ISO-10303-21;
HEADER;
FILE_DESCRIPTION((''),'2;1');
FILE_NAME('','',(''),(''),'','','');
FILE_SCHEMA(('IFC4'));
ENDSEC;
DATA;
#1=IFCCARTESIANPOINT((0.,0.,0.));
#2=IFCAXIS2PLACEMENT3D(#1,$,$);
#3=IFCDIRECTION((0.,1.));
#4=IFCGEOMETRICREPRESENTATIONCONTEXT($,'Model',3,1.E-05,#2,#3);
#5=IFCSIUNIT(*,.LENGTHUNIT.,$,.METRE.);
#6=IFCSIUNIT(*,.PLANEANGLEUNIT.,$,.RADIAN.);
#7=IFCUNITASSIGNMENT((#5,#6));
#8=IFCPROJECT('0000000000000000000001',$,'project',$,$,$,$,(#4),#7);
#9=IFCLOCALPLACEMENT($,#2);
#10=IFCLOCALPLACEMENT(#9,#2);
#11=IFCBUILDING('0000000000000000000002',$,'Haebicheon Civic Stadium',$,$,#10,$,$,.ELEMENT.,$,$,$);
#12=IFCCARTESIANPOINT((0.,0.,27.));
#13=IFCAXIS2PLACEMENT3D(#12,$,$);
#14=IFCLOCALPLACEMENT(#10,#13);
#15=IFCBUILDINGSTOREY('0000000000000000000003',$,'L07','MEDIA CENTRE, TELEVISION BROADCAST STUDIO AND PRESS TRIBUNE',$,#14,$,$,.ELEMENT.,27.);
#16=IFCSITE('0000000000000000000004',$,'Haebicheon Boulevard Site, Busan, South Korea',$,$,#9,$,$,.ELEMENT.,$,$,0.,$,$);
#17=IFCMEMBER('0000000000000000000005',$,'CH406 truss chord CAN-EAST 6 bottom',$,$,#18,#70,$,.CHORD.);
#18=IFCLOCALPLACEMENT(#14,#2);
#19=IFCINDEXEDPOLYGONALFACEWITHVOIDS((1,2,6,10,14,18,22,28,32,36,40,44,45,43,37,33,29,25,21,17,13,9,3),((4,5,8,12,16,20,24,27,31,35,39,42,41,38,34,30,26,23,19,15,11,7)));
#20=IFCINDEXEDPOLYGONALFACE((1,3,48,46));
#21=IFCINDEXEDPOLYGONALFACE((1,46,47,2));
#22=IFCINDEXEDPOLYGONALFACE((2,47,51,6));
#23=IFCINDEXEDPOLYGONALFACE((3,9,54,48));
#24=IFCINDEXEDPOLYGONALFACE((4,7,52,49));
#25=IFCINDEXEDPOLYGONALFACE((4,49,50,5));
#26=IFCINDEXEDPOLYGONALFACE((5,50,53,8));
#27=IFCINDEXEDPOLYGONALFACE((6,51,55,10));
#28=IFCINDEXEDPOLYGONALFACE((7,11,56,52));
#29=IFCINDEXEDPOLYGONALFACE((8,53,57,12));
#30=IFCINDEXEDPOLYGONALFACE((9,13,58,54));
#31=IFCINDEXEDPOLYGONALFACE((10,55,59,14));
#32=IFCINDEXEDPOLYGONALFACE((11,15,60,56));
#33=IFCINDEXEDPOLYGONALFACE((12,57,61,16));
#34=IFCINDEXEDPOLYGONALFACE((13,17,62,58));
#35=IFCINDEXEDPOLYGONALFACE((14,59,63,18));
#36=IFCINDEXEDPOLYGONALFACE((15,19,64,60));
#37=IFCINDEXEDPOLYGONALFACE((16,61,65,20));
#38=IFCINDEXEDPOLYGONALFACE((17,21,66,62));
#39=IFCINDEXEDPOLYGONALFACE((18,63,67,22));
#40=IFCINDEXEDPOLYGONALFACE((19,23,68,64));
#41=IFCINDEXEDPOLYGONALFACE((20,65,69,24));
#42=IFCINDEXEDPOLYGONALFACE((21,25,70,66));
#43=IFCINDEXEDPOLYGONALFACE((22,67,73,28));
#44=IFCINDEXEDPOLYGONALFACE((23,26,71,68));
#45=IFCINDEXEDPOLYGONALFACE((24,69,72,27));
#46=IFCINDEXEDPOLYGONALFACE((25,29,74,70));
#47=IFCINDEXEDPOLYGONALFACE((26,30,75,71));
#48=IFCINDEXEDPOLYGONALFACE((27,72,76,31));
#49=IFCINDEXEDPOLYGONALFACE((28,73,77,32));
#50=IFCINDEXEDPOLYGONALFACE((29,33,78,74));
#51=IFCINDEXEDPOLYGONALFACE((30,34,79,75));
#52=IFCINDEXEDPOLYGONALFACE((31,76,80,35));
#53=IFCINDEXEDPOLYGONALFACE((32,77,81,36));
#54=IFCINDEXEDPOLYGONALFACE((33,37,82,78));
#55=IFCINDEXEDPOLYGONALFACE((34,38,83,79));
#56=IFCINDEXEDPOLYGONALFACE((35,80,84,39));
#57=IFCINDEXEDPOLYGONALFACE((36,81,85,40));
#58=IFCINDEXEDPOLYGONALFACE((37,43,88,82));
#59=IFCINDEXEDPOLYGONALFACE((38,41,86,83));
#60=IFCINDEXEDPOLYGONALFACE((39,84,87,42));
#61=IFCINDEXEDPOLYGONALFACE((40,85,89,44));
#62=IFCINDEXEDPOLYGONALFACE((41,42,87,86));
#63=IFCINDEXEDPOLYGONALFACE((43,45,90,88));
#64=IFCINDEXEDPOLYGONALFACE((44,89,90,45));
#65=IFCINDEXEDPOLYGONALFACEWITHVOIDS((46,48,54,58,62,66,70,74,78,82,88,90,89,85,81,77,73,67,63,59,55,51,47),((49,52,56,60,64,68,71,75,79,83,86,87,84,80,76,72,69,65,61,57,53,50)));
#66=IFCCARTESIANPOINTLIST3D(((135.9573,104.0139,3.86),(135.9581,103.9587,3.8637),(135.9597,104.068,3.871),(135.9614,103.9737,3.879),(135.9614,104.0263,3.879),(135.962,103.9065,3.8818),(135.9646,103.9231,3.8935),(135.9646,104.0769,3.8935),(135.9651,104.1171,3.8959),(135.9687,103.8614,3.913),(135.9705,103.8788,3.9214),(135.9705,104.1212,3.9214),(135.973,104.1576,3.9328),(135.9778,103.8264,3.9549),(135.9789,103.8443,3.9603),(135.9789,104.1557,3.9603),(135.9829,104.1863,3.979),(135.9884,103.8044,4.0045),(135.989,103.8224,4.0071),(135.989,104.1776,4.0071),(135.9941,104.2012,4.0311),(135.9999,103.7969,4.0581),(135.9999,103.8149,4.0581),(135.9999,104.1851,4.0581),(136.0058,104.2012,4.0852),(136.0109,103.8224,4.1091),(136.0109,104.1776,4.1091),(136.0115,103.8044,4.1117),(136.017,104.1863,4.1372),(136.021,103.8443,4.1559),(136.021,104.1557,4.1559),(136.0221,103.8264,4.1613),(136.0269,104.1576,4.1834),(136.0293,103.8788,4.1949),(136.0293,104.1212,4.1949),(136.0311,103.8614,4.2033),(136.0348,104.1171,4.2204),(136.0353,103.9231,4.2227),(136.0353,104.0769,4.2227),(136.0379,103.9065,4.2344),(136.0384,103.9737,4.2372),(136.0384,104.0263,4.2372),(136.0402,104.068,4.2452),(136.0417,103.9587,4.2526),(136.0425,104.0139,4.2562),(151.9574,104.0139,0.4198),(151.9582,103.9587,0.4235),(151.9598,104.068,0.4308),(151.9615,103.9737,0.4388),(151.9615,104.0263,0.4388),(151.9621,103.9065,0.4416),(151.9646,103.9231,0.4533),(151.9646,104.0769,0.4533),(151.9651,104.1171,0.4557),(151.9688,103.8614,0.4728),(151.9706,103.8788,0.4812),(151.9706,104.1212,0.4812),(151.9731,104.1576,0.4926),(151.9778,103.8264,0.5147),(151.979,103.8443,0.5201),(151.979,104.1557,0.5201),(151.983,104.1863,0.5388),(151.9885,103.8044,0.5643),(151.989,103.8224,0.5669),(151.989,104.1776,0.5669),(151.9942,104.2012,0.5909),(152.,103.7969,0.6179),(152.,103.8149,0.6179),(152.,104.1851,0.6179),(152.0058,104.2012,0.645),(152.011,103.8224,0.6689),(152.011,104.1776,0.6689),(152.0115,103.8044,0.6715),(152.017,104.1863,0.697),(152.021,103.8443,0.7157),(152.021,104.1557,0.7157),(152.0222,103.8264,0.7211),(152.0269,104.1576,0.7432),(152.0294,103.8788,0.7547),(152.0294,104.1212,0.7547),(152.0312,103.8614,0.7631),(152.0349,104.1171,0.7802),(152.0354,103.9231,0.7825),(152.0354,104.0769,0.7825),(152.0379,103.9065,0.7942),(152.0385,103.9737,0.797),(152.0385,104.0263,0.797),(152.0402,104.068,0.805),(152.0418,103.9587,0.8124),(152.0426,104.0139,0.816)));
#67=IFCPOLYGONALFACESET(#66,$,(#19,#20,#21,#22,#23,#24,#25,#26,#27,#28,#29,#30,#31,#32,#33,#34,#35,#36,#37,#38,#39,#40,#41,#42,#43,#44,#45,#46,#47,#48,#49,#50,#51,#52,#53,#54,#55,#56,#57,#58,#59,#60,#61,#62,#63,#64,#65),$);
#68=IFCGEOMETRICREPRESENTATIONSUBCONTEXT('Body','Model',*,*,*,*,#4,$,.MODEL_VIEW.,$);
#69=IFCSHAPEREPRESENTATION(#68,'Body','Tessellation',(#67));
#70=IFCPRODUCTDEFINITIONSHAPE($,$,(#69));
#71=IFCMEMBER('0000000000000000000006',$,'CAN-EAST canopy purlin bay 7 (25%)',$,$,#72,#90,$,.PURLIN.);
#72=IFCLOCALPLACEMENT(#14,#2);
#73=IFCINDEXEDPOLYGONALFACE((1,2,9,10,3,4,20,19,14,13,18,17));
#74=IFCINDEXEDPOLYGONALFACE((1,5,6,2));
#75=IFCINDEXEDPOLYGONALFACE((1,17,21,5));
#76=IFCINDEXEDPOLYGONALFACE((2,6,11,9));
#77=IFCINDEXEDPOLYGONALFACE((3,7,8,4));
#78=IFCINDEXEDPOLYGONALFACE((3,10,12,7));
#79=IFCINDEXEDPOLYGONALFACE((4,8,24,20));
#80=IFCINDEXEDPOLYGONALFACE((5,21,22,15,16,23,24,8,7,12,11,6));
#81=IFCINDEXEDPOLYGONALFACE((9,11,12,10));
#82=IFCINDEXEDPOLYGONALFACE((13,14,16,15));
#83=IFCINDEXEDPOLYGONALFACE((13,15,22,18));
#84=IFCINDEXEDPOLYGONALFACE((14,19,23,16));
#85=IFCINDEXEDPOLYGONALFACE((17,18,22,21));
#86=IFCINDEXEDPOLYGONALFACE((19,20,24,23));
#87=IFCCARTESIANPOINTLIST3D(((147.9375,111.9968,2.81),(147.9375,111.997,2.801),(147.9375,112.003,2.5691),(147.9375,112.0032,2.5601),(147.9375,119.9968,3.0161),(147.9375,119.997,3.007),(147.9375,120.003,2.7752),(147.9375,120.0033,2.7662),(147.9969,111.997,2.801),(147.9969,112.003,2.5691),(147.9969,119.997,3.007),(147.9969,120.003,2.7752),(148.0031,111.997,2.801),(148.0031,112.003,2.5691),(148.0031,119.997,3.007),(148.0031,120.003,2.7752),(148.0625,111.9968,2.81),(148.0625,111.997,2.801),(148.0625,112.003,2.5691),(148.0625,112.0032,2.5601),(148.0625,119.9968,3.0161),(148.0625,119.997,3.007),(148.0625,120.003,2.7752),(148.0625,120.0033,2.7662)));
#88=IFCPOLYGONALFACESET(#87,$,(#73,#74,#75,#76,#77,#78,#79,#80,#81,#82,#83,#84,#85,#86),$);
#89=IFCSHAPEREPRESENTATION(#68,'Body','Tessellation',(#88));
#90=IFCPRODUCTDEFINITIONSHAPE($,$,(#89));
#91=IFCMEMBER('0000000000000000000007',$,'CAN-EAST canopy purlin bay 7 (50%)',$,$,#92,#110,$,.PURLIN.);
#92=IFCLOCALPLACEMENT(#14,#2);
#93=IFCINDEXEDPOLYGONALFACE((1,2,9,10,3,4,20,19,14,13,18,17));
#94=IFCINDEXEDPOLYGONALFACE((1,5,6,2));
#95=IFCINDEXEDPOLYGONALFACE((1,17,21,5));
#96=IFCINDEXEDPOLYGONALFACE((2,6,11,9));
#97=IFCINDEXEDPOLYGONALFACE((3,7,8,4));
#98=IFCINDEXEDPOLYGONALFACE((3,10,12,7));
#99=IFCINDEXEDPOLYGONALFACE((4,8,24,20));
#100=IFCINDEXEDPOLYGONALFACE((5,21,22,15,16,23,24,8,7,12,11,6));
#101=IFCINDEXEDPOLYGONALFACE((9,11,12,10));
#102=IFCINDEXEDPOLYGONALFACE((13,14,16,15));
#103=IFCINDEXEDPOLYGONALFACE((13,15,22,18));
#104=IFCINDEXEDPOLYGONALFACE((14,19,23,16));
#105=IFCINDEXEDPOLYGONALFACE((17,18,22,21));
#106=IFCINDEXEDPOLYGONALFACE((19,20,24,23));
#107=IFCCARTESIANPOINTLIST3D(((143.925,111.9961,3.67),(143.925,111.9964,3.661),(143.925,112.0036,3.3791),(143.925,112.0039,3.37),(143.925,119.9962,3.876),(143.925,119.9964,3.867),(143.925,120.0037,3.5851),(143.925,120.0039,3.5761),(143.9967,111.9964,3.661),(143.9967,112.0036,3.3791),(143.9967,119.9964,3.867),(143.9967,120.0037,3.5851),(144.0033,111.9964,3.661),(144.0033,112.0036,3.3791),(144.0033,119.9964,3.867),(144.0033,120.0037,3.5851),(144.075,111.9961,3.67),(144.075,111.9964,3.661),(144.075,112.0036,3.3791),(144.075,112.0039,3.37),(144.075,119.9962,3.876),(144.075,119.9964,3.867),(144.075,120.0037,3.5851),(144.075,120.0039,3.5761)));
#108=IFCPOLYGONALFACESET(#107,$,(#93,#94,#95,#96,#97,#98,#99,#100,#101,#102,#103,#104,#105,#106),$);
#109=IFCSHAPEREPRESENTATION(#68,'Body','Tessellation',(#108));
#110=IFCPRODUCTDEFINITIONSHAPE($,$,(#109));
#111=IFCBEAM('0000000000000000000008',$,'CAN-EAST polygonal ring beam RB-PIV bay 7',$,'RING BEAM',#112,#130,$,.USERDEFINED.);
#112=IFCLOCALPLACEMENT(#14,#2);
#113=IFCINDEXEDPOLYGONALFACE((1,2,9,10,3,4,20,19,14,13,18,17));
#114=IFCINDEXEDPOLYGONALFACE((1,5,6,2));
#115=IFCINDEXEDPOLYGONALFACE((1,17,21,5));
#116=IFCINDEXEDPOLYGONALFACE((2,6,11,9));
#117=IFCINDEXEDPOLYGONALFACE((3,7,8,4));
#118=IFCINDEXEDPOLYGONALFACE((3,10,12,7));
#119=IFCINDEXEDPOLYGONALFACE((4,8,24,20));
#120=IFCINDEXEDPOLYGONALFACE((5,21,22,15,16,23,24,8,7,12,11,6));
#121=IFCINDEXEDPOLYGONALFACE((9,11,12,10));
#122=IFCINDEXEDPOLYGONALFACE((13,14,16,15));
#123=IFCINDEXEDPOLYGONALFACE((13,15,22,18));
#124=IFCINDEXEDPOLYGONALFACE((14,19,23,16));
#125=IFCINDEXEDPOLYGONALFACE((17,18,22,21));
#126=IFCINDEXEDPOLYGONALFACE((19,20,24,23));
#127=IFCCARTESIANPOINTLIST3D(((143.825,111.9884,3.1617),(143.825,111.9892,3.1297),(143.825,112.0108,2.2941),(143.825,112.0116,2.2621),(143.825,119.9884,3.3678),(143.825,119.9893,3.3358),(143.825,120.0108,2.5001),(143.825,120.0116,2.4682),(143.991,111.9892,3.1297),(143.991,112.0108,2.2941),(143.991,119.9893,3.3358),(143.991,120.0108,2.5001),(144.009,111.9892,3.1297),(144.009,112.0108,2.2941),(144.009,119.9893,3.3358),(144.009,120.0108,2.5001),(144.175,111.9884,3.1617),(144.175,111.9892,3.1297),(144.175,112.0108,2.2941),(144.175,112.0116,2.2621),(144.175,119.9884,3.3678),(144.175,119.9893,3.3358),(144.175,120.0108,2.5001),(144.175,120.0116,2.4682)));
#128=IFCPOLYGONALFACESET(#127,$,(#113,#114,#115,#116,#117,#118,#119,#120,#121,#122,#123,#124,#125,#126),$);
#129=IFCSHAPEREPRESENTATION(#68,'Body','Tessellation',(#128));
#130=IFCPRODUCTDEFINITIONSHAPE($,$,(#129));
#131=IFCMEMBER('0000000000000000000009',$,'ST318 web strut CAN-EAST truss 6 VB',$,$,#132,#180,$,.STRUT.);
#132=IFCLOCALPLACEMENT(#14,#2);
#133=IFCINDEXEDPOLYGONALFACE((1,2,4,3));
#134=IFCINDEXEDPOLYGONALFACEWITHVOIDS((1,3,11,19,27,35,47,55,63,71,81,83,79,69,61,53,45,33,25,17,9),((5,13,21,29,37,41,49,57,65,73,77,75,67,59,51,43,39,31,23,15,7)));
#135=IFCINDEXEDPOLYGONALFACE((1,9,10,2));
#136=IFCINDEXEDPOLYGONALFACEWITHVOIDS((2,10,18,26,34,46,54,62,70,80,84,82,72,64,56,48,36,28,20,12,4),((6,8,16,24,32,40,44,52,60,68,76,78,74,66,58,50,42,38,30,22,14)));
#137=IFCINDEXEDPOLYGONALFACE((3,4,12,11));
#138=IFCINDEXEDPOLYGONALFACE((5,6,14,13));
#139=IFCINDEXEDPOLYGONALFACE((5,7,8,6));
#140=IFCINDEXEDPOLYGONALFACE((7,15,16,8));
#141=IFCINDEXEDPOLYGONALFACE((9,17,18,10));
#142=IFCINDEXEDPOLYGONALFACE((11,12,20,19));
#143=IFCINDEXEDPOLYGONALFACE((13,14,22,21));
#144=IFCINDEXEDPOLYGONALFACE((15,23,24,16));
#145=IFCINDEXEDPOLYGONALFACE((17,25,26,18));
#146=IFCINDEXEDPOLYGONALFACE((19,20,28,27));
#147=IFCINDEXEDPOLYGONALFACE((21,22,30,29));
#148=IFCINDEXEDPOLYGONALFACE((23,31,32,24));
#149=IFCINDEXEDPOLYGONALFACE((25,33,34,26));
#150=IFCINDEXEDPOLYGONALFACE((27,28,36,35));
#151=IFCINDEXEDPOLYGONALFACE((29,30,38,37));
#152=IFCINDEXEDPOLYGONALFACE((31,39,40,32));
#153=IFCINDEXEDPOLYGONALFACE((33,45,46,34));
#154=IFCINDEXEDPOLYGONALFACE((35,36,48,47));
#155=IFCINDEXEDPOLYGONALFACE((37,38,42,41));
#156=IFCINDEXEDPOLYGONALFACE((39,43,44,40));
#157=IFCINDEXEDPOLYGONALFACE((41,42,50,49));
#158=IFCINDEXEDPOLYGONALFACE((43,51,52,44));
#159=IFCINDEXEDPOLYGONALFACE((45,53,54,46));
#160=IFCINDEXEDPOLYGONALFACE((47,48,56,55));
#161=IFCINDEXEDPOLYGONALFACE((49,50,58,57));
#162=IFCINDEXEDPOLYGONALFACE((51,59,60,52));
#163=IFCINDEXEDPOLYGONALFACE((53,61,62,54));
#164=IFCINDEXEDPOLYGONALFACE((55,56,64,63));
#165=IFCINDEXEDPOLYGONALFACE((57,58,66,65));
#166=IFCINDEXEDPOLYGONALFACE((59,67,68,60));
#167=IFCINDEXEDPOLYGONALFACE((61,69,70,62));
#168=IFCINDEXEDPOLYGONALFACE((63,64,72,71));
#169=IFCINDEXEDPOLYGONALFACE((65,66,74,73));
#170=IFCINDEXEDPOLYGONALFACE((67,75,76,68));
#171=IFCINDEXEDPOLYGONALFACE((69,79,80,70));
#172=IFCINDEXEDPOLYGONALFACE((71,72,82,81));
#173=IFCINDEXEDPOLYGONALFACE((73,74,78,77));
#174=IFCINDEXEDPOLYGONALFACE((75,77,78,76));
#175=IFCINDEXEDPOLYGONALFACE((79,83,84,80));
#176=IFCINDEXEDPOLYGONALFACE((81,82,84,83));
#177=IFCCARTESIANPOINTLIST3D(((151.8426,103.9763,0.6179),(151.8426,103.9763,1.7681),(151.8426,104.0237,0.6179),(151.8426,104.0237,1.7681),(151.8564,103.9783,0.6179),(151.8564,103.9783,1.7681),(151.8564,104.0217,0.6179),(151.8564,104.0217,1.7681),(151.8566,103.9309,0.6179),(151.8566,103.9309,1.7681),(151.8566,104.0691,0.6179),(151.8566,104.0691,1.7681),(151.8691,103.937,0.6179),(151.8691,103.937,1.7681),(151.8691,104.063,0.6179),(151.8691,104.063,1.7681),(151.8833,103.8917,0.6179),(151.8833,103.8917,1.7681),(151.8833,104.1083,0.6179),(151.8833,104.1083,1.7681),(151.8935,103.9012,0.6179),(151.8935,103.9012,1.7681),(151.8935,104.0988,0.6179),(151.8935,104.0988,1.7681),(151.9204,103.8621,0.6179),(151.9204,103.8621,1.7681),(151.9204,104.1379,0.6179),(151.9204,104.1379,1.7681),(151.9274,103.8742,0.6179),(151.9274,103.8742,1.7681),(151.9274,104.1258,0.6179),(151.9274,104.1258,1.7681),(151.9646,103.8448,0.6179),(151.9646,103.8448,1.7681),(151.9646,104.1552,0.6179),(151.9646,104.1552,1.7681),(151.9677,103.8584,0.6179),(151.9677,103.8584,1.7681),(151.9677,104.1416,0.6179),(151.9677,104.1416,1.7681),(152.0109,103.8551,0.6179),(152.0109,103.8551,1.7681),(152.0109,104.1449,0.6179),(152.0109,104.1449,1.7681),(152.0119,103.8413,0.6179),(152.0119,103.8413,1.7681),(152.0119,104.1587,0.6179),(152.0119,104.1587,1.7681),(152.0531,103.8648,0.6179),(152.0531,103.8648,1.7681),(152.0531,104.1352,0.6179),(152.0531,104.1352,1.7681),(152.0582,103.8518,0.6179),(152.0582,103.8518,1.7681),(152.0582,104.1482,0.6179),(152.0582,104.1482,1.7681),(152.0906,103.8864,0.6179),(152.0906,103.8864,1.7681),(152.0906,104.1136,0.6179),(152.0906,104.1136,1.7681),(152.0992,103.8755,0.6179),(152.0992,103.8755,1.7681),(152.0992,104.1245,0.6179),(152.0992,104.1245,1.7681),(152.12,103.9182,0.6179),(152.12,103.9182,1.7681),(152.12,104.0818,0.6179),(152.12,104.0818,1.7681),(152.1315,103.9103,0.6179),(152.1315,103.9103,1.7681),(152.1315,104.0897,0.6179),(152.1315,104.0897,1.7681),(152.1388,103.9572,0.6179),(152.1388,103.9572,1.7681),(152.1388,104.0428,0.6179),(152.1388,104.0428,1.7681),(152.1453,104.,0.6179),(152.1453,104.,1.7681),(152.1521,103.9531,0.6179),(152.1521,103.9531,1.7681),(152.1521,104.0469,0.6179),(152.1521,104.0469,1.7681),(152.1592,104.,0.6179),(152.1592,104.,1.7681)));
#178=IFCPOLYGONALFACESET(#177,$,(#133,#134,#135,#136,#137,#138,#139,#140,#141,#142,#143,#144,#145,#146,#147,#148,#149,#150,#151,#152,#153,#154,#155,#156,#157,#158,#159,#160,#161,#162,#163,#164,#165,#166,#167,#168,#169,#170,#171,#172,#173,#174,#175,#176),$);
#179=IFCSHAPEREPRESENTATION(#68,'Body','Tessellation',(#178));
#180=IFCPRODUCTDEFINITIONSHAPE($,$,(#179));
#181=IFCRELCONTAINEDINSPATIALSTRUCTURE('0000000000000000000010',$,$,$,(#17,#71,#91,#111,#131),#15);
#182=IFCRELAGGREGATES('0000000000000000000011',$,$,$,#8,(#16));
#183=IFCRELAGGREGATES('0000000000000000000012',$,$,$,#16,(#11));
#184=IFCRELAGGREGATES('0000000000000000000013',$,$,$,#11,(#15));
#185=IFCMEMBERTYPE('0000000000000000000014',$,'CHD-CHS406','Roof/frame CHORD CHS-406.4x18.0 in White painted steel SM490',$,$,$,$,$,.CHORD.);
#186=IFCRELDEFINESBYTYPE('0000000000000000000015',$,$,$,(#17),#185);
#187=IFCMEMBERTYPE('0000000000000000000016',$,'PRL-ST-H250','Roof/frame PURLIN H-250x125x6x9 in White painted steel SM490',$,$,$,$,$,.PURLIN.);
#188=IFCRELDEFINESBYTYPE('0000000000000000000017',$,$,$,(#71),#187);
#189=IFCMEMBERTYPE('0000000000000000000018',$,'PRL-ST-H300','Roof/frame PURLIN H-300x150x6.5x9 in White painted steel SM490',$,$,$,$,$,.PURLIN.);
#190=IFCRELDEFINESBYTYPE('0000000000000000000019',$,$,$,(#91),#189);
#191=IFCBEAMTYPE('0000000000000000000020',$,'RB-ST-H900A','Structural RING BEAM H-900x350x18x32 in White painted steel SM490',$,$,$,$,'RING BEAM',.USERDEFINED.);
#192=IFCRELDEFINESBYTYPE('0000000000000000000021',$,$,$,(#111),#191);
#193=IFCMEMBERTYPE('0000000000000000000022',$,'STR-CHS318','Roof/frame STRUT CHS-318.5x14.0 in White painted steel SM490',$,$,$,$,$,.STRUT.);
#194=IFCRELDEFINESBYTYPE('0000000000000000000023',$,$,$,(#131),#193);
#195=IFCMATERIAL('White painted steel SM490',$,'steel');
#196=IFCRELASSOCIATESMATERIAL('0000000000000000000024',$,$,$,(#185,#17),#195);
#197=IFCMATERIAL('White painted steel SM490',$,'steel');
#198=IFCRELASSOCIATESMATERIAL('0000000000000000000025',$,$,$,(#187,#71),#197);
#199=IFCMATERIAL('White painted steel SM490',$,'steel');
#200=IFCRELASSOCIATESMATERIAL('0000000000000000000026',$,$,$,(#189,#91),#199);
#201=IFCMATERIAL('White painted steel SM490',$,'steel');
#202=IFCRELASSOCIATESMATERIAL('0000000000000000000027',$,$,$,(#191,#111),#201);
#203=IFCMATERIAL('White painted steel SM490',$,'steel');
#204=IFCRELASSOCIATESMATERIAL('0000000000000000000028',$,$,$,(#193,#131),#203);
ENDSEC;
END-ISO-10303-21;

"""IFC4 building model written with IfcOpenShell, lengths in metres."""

from ifc_helpers import new_model, si_unit, direction, frame, origin, origin_2d, place, context, subcontext, project, spatial, hollow_circle, i_section, extrude, material, material_profile, profile_set, type_object, element, save


model = new_model("IFC4")

# Units and contexts
model_context = context("Model", 3, precision=1e-05, world=origin(), true_north=direction((0.0, 1.0)))
body_context = subcontext(model_context, "Body", "Model", "MODEL_VIEW")
ifc_project = project(units=[si_unit("LENGTHUNIT", "METRE"), si_unit("PLANEANGLEUNIT", "RADIAN")], contexts=[model_context])

# Site, building, storey
site_placement = place(None, origin())
site = spatial("IfcSite", under=ifc_project, at=site_placement, Name="Haebicheon Boulevard Site, Busan, South Korea", CompositionType="ELEMENT", RefElevation=0.0)
building_placement = place(site_placement, origin())
building = spatial("IfcBuilding", under=site, at=building_placement, Name="Haebicheon Civic Stadium", CompositionType="ELEMENT")
storey_placement = place(building_placement, frame((0.0, 0.0, 27.0)))
storey = spatial("IfcBuildingStorey", under=building, at=storey_placement, Name="L07", Description="MEDIA CENTRE, TELEVISION BROADCAST STUDIO AND PRESS TRIBUNE", CompositionType="ELEMENT", Elevation=27.0)

# Members
ifc_material_1 = material(Name="White painted steel SM490", Category="steel")
ifc_material_profile_1 = material_profile(ifc_material_1, hollow_circle(Radius=0.2031, WallThickness=0.0181, at=origin_2d()), Name="CHS-406.4x18.0")
ifc_profile_set_1 = profile_set([ifc_material_profile_1], Name="White painted steel SM490")
member_type_1 = type_object("IfcMemberType", Name="CHD-CHS406", Description="Roof/frame CHORD CHS-406.4x18.0 in White painted steel SM490", PredefinedType="CHORD", material=ifc_profile_set_1)
member_1_placement = place(storey_placement, frame((152.0, 104.0, 0.6179), z_axis=(-0.977657, 0.0, 0.210208), x_axis=(0.0, -1.0, 0.0)))
element("IfcMember", 1, at=member_1_placement, inside=storey, type_object=member_type_1, material=ifc_profile_set_1, Name="CH406 truss chord CAN-EAST 6 bottom", PredefinedType="CHORD", context=body_context, shape_type="SweptSolid", body=[
    extrude(hollow_circle(Radius=0.2031, WallThickness=0.0181, at=origin_2d()), origin(), (0.0, 0.0, 1.0), 16.3657),
])
ifc_material_2 = material(Name="White painted steel SM490", Category="steel")
ifc_material_profile_2 = material_profile(ifc_material_2, i_section(OverallWidth=0.125, OverallDepth=0.25, WebThickness=0.0061, FlangeThickness=0.009, at=origin_2d()), Name="H-250x125x6x9")
ifc_profile_set_2 = profile_set([ifc_material_profile_2], Name="White painted steel SM490")
member_type_2 = type_object("IfcMemberType", Name="PRL-ST-H250", Description="Roof/frame PURLIN H-250x125x6x9 in White painted steel SM490", PredefinedType="PURLIN", material=ifc_profile_set_2)
member_2_placement = place(storey_placement, frame((148.0, 112.0, 2.6851), z_axis=(0.0, 0.999668, 0.025748), x_axis=(-1.0, 0.0, 0.0)))
element("IfcMember", 2, at=member_2_placement, inside=storey, type_object=member_type_2, material=ifc_profile_set_2, Name="CAN-EAST canopy purlin bay 7 (25%)", PredefinedType="PURLIN", context=body_context, shape_type="SweptSolid", body=[
    extrude(i_section(OverallWidth=0.125, OverallDepth=0.25, WebThickness=0.0061, FlangeThickness=0.009, at=origin_2d()), origin(), (0.0, 0.0, 1.0), 8.0027),
])
ifc_material_3 = material(Name="White painted steel SM490", Category="steel")
ifc_material_profile_3 = material_profile(ifc_material_3, i_section(OverallWidth=0.1499, OverallDepth=0.3, WebThickness=0.0066, FlangeThickness=0.009, at=origin_2d()), Name="H-300x150x6.5x9")
ifc_profile_set_3 = profile_set([ifc_material_profile_3], Name="White painted steel SM490")
member_type_3 = type_object("IfcMemberType", Name="PRL-ST-H300", Description="Roof/frame PURLIN H-300x150x6.5x9 in White painted steel SM490", PredefinedType="PURLIN", material=ifc_profile_set_3)
member_3_placement = place(storey_placement, frame((144.0, 112.0, 3.52), z_axis=(0.0, 0.999668, 0.025748), x_axis=(-1.0, 0.0, 0.0)))
element("IfcMember", 3, at=member_3_placement, inside=storey, type_object=member_type_3, material=ifc_profile_set_3, Name="CAN-EAST canopy purlin bay 7 (50%)", PredefinedType="PURLIN", context=body_context, shape_type="SweptSolid", body=[
    extrude(i_section(OverallWidth=0.1499, OverallDepth=0.3, WebThickness=0.0066, FlangeThickness=0.009, at=origin_2d()), origin(), (0.0, 0.0, 1.0), 8.0027),
])

# Beam
ifc_material_4 = material(Name="White painted steel SM490", Category="steel")
ifc_material_profile_4 = material_profile(ifc_material_4, i_section(OverallWidth=0.3501, OverallDepth=0.8999, WebThickness=0.0181, FlangeThickness=0.032, at=origin_2d()), Name="H-900x350x18x32")
ifc_profile_set_4 = profile_set([ifc_material_profile_4], Name="White painted steel SM490")
beam_type = type_object("IfcBeamType", Name="RB-ST-H900A", Description="Structural RING BEAM H-900x350x18x32 in White painted steel SM490", ElementType="RING BEAM", PredefinedType="USERDEFINED", material=ifc_profile_set_4)
beam_placement = place(storey_placement, frame((144.0, 112.0, 2.7119), z_axis=(0.0, 0.999668, 0.025748), x_axis=(-1.0, 0.0, 0.0)))
element("IfcBeam", 4, at=beam_placement, inside=storey, type_object=beam_type, material=ifc_profile_set_4, Name="CAN-EAST polygonal ring beam RB-PIV bay 7", ObjectType="RING BEAM", PredefinedType="USERDEFINED", context=body_context, shape_type="SweptSolid", body=[
    extrude(i_section(OverallWidth=0.3501, OverallDepth=0.8999, WebThickness=0.0181, FlangeThickness=0.032, at=origin_2d()), origin(), (0.0, 0.0, 1.0), 8.0027),
])

# Member
ifc_material_5 = material(Name="White painted steel SM490", Category="steel")
ifc_material_profile_5 = material_profile(ifc_material_5, hollow_circle(Radius=0.1592, WallThickness=0.0139, at=origin_2d()), Name="CHS-318.5x14.0")
ifc_profile_set_5 = profile_set([ifc_material_profile_5], Name="White painted steel SM490")
member_type_4 = type_object("IfcMemberType", Name="STR-CHS318", Description="Roof/frame STRUT CHS-318.5x14.0 in White painted steel SM490", PredefinedType="STRUT", material=ifc_profile_set_5)
for number, where, z_axis, x_axis, name in (
    (5, (152.0, 104.0, 0.6179), (0.0, 0.0, 1.0), (1.0, 0.0, 0.0), "ST318 web strut CAN-EAST truss 6 VB"),
):
    element("IfcMember", number, at=place(storey_placement, frame(where, z_axis=z_axis, x_axis=x_axis)), inside=storey, type_object=member_type_4, material=ifc_profile_set_5, Name=name, PredefinedType="STRUT", context=body_context, shape_type="SweptSolid", body=[
        extrude(hollow_circle(Radius=0.1592, WallThickness=0.0139, at=origin_2d()), origin(), (0.0, 0.0, 1.0), 1.1501),
    ])

save(model, "model.ifc")
